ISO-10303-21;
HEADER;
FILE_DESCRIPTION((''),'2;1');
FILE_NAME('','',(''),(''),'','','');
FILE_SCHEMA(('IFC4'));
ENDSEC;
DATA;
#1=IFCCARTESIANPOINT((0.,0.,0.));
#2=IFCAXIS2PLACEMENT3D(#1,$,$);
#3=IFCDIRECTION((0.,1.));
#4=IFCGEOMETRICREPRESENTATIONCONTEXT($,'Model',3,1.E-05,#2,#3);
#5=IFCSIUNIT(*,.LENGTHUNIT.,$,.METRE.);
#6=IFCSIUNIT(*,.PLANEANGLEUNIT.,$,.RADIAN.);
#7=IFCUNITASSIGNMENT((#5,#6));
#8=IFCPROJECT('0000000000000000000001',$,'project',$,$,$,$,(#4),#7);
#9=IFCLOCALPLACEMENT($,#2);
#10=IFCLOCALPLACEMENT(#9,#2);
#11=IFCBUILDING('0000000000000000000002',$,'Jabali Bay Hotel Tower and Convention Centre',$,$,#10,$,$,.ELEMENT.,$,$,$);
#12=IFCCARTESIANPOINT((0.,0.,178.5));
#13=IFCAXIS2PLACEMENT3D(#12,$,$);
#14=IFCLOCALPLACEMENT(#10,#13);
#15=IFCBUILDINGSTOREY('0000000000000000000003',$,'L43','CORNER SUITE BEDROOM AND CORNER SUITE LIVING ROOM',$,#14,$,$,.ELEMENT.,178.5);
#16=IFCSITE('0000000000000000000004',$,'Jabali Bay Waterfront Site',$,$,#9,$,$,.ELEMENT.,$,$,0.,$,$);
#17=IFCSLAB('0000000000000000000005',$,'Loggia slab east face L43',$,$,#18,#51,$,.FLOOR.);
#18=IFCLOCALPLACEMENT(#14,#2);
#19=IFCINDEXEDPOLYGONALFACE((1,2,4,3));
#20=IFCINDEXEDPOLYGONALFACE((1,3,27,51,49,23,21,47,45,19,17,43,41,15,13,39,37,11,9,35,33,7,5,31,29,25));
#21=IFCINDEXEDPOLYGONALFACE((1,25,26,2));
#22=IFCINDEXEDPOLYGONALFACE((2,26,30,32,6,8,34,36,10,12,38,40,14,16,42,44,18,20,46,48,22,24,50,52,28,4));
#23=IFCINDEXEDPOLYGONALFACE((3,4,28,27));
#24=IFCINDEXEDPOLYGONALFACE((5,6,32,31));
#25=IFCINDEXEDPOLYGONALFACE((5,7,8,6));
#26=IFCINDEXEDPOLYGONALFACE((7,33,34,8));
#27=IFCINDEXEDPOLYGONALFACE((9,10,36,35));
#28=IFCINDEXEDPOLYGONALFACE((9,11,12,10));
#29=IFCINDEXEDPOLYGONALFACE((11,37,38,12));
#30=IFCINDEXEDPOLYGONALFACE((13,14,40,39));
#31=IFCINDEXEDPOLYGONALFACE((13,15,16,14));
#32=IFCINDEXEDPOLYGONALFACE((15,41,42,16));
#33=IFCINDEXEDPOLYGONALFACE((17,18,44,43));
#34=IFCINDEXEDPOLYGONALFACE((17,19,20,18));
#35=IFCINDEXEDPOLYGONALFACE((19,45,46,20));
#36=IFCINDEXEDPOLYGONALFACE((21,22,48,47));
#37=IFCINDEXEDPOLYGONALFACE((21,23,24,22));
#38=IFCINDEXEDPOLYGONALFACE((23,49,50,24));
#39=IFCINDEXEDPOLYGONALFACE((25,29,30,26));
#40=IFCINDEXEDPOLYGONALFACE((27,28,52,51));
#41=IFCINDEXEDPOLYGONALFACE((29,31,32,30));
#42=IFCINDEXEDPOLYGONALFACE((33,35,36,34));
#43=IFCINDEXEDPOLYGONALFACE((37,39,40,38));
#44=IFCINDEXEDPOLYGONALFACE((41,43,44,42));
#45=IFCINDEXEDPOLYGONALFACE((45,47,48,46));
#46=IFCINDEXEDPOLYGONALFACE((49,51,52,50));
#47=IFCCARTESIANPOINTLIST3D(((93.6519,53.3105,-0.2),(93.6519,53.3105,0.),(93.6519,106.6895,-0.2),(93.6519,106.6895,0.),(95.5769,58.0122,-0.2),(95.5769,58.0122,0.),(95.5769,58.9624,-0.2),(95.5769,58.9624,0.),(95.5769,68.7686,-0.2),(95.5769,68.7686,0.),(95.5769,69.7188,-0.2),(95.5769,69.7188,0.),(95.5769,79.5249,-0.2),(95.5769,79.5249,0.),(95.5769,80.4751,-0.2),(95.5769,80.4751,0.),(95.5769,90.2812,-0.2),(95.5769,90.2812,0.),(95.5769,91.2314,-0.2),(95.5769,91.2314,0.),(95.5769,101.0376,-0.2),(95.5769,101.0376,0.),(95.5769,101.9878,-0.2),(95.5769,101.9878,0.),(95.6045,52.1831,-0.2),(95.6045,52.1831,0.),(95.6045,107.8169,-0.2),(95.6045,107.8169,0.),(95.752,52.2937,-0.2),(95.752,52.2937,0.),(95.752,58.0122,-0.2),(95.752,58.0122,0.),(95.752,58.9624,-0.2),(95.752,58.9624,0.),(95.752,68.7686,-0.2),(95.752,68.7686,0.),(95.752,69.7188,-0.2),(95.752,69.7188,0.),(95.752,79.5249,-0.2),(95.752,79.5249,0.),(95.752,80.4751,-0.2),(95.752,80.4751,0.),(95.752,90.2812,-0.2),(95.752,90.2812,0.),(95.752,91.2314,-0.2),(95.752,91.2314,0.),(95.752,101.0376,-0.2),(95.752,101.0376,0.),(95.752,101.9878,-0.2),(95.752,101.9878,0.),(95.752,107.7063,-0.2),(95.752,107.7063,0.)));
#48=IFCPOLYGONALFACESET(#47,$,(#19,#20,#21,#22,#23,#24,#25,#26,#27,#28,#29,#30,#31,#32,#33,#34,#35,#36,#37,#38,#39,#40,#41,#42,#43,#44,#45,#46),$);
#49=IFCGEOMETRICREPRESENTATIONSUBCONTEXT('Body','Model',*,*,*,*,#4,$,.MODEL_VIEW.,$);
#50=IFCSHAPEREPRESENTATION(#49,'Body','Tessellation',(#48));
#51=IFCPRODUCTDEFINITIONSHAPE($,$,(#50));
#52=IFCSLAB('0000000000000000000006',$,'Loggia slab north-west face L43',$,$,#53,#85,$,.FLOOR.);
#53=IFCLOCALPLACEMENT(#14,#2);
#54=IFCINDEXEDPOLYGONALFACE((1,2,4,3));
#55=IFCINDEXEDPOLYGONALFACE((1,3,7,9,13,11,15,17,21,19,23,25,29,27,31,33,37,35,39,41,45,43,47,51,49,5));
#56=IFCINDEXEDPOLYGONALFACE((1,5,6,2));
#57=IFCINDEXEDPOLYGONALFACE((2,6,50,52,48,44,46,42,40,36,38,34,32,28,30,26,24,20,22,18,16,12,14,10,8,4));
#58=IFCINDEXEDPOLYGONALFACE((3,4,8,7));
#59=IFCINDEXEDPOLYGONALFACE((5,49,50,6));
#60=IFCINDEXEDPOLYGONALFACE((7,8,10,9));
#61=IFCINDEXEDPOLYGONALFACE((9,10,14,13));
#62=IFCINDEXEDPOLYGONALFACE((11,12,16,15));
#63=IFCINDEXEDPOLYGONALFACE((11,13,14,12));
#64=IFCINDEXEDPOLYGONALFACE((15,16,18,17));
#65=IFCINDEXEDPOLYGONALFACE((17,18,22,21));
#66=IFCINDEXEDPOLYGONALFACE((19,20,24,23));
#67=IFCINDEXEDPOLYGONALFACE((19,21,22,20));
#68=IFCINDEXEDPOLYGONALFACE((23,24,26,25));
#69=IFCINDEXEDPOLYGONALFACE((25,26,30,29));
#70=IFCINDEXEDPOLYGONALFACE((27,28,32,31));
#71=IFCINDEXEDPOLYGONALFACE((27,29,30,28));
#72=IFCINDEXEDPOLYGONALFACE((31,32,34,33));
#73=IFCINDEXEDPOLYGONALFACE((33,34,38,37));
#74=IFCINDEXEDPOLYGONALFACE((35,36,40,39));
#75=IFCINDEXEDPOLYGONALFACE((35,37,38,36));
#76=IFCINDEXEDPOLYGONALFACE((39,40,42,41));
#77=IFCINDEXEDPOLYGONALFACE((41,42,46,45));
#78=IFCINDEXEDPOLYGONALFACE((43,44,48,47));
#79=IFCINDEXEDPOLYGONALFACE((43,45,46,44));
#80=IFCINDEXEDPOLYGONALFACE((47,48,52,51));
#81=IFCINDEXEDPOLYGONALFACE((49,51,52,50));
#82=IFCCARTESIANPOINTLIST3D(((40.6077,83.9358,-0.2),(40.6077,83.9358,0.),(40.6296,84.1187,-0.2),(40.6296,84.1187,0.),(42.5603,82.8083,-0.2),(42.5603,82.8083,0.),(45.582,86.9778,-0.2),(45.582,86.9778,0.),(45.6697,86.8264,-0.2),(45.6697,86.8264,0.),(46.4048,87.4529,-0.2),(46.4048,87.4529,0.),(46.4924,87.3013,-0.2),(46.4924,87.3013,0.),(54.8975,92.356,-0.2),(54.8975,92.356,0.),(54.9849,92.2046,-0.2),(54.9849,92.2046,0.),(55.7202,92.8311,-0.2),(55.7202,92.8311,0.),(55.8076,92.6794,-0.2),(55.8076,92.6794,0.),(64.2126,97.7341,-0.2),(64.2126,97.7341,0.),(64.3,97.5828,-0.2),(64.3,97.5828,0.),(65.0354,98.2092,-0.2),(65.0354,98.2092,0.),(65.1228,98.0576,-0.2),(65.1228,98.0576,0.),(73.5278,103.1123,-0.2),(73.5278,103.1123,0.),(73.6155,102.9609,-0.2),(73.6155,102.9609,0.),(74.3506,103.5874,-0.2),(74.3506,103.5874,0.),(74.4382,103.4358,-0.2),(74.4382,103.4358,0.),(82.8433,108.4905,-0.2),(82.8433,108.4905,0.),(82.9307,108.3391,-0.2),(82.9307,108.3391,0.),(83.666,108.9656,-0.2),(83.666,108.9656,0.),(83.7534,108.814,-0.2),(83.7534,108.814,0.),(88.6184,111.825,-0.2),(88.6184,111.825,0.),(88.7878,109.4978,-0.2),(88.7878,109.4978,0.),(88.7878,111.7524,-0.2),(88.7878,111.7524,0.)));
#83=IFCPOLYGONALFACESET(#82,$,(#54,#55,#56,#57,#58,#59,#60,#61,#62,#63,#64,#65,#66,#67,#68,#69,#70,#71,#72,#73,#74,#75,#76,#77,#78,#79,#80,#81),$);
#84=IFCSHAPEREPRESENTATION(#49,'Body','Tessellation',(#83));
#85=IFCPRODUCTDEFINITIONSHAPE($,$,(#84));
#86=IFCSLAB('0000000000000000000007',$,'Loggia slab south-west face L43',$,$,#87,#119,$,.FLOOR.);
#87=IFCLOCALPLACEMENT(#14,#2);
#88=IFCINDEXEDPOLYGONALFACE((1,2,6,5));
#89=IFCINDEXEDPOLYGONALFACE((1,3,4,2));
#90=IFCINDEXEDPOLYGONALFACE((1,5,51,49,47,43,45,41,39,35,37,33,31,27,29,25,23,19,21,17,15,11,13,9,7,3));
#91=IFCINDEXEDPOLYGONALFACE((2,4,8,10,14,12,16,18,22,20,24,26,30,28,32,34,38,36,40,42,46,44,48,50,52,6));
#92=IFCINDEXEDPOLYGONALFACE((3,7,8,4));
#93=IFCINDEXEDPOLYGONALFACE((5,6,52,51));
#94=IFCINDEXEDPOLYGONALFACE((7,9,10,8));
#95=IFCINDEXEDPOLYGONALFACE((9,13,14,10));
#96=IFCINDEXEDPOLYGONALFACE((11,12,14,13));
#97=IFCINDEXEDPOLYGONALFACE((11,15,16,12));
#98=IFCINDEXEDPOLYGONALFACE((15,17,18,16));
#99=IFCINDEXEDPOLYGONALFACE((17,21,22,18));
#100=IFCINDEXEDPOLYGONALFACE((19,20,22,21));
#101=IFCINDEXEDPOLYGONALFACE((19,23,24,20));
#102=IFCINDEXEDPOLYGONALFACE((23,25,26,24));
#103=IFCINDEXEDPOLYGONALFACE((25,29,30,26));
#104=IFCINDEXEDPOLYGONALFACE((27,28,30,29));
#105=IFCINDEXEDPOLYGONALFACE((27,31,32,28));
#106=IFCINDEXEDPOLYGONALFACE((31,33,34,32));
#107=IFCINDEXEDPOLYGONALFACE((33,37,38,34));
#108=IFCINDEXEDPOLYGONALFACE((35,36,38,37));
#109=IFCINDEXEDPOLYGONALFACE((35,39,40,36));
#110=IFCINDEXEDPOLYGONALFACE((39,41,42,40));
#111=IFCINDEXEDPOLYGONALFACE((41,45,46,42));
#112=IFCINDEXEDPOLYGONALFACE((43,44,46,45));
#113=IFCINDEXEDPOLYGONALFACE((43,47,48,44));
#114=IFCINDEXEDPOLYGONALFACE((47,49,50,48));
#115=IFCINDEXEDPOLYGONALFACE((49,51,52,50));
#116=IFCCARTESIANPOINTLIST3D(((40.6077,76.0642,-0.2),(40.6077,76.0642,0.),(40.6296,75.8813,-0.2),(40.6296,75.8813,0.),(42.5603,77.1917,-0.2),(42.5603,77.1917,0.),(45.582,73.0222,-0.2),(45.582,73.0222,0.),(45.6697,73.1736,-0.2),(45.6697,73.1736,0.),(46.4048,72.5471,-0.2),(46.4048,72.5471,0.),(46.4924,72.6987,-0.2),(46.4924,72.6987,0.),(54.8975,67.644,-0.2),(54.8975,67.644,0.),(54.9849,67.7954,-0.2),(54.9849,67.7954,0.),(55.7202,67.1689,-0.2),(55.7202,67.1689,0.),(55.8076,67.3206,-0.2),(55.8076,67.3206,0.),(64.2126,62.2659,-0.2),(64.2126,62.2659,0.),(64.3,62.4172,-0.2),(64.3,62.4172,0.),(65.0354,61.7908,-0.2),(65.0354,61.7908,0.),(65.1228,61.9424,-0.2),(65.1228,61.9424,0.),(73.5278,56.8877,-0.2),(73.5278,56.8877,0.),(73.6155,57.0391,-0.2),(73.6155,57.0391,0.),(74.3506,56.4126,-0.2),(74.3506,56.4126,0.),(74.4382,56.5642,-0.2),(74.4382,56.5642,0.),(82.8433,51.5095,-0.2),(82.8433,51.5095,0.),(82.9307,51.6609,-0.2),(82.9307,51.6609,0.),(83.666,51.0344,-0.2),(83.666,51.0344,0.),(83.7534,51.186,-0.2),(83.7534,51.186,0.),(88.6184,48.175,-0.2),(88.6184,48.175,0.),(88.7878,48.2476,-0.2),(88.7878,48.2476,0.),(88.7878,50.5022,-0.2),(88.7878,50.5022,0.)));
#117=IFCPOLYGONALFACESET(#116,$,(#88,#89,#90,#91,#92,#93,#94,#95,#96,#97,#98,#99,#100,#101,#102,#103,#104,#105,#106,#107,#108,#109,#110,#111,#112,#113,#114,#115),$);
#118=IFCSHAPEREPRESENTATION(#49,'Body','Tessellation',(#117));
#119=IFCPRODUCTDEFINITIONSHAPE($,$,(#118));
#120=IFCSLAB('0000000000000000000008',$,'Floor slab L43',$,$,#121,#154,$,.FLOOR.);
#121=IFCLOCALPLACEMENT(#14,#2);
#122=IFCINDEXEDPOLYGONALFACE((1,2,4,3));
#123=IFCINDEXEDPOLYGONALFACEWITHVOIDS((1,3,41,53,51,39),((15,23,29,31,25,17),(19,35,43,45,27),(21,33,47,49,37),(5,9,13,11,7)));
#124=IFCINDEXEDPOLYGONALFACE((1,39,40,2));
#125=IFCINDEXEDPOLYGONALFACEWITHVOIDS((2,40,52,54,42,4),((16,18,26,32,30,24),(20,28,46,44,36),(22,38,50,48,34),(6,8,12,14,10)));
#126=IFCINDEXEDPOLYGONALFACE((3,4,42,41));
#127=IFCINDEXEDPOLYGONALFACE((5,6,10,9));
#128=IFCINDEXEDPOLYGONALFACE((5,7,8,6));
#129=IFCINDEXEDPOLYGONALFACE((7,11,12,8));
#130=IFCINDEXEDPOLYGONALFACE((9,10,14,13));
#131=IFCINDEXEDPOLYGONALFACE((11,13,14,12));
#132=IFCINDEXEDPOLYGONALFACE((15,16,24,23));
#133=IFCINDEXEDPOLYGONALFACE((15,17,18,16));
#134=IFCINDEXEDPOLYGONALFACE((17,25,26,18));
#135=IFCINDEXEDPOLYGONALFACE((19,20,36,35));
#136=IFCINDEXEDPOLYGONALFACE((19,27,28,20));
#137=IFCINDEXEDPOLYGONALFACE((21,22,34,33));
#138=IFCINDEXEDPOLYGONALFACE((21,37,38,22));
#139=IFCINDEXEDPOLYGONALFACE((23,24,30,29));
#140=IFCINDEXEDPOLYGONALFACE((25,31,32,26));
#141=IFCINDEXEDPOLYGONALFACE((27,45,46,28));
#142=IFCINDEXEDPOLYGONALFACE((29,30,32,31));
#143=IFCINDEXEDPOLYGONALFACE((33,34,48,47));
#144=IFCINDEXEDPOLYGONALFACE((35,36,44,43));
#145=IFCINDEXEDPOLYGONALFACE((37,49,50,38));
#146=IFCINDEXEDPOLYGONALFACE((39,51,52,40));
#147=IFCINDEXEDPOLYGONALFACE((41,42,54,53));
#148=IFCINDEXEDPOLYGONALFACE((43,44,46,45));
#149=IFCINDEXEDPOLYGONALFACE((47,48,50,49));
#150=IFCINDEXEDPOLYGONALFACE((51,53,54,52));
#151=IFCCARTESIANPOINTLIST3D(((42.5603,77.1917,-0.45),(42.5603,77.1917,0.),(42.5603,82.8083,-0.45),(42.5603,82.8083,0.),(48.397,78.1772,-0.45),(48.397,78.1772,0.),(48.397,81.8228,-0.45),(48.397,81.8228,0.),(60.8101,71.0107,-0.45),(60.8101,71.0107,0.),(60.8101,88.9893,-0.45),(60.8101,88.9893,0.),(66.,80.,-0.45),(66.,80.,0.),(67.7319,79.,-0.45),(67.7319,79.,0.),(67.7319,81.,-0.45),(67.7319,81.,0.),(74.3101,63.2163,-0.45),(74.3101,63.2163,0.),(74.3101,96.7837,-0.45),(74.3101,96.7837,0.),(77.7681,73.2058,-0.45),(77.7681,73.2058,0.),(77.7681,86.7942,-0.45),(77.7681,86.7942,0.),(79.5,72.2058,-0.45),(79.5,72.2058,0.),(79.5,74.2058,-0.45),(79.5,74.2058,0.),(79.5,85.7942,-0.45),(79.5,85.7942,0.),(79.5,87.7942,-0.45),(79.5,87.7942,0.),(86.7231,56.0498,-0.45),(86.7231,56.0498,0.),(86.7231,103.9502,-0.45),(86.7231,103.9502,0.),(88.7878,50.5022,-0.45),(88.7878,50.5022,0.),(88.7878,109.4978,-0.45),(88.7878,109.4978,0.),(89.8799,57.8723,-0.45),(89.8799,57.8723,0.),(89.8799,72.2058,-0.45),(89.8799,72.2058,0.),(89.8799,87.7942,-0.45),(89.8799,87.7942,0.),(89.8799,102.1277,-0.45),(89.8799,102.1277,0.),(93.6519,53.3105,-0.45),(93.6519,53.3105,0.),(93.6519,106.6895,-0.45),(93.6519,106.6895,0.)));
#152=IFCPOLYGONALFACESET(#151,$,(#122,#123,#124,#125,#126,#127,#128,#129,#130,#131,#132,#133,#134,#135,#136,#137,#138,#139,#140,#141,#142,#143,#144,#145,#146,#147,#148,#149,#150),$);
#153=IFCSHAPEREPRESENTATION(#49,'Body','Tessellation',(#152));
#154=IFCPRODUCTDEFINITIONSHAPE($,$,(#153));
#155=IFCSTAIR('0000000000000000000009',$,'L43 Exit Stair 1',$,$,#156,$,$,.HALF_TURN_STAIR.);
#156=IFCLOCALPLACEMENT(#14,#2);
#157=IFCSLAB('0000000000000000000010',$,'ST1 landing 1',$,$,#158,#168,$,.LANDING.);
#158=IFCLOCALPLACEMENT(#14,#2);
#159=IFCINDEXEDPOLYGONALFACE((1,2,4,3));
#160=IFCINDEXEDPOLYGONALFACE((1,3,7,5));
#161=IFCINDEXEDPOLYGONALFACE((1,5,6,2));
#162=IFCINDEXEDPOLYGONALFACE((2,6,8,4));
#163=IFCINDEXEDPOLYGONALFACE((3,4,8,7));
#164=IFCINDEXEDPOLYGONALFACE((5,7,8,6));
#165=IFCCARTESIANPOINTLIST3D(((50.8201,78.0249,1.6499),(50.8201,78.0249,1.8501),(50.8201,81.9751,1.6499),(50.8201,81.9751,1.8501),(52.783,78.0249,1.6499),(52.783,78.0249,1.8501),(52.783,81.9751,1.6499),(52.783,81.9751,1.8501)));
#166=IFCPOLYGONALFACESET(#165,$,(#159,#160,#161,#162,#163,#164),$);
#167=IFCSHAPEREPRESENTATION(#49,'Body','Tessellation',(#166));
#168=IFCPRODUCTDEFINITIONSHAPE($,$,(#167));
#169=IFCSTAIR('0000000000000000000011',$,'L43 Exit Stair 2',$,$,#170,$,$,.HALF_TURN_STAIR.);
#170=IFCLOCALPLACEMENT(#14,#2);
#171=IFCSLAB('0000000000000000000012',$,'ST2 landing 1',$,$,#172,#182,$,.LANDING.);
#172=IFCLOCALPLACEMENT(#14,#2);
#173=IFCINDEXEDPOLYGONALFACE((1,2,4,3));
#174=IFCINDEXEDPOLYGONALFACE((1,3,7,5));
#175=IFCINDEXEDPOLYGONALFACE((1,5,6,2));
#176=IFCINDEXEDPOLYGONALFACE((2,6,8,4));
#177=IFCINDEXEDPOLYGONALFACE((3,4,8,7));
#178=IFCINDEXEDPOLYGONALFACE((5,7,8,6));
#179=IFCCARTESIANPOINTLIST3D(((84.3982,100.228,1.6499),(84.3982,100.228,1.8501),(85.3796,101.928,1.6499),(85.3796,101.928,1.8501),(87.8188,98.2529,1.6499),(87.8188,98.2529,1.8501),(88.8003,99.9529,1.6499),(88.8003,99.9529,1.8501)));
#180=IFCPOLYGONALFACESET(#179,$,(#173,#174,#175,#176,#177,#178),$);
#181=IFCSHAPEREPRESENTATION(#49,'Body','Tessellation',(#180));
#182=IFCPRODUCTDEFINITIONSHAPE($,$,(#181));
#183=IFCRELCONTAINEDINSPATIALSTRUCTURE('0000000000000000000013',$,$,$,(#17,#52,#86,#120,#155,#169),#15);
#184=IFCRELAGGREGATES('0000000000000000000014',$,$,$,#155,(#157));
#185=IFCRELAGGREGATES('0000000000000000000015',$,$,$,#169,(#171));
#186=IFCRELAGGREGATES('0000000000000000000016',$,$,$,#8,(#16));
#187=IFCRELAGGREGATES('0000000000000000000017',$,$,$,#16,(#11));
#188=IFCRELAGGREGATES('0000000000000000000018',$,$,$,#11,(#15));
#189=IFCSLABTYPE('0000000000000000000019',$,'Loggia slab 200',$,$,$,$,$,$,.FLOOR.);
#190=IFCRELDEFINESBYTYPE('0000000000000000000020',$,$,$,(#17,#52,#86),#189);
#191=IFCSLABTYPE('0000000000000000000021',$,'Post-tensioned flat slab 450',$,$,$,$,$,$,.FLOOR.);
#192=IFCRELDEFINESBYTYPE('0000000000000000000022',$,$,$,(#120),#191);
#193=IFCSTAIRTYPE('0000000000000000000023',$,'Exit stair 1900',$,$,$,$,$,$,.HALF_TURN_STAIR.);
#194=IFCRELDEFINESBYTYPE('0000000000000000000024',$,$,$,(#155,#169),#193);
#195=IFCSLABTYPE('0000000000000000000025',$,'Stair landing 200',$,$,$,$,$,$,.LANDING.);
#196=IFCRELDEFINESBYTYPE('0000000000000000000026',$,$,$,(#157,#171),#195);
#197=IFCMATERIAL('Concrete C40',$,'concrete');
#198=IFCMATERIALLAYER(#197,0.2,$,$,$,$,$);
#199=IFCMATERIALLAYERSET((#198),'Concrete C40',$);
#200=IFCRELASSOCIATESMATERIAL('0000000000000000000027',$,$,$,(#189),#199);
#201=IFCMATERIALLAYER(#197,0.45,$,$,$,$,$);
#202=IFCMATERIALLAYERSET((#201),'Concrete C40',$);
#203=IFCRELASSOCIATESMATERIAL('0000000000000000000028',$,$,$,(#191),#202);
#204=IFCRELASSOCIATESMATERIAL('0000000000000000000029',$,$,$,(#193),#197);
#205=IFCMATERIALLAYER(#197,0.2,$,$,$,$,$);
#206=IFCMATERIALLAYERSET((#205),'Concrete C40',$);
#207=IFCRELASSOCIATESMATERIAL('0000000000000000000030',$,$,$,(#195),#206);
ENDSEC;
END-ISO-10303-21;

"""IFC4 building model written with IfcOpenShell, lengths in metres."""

from ifc_helpers import new_model, si_unit, direction, frame, origin, place, context, subcontext, project, spatial, polyline, outline, extrude, material, layer, layer_set, type_object, element, aggregate, save


model = new_model("IFC4")

# Units and contexts
model_context = context("Model", 3, precision=1e-05, world=origin(), true_north=direction((0.0, 1.0)))
body_context = subcontext(model_context, "Body", "Model", "MODEL_VIEW")
ifc_project = project(units=[si_unit("LENGTHUNIT", "METRE"), si_unit("PLANEANGLEUNIT", "RADIAN")], contexts=[model_context])

# Site, building, storey
site_placement = place(None, origin())
site = spatial("IfcSite", under=ifc_project, at=site_placement, Name="Jabali Bay Waterfront Site", CompositionType="ELEMENT", RefElevation=0.0)
building_placement = place(site_placement, origin())
building = spatial("IfcBuilding", under=site, at=building_placement, Name="Jabali Bay Hotel Tower and Convention Centre", CompositionType="ELEMENT")
storey_placement = place(building_placement, frame((0.0, 0.0, 178.5)))
storey = spatial("IfcBuildingStorey", under=building, at=storey_placement, Name="L43", Description="CORNER SUITE BEDROOM AND CORNER SUITE LIVING ROOM", CompositionType="ELEMENT", Elevation=178.5)

# Slabs
ifc_material_1 = material(Name="Concrete C40", Category="concrete")
ifc_layer_1 = layer(ifc_material_1, 0.2)
ifc_layer_set_1 = layer_set([ifc_layer_1], Name="Concrete C40")
slab_type_1 = type_object("IfcSlabType", Name="Loggia slab 200", PredefinedType="FLOOR", material=ifc_layer_set_1)
slab_1_placement = place(storey_placement, frame((0.0, 0.0, -0.2)))
element("IfcSlab", 1, at=slab_1_placement, inside=storey, type_object=slab_type_1, Name="Loggia slab east face L43", PredefinedType="FLOOR", context=body_context, shape_type="SweptSolid", body=[
    extrude(outline(polyline([(93.6519, 106.6895), (95.6045, 107.8169), (95.752, 107.7063), (95.752, 101.9878), (95.5769, 101.9878), (95.5769, 101.0376), (95.752, 101.0376), (95.752, 91.2314), (95.5769, 91.2314), (95.5769, 90.2812), (95.752, 90.2812), (95.752, 80.4751), (95.5769, 80.4751), (95.5769, 79.5249), (95.752, 79.5249), (95.752, 69.7188), (95.5769, 69.7188), (95.5769, 68.7686), (95.752, 68.7686), (95.752, 58.9624), (95.5769, 58.9624), (95.5769, 58.0122), (95.752, 58.0122), (95.752, 52.2937), (95.6045, 52.1831), (93.6519, 53.3105), (93.6519, 106.6895)])), origin(), (0.0, 0.0, 1.0), 0.2),
])
slab_2_placement = place(storey_placement, frame((0.0, 0.0, -0.2)))
element("IfcSlab", 2, at=slab_2_placement, inside=storey, type_object=slab_type_1, Name="Loggia slab north-west face L43", PredefinedType="FLOOR", context=body_context, shape_type="SweptSolid", body=[
    extrude(outline(polyline([(42.5603, 82.8083), (40.6077, 83.9358), (40.6296, 84.1187), (45.582, 86.9778), (45.6697, 86.8264), (46.4924, 87.3013), (46.4048, 87.4529), (54.8975, 92.356), (54.9849, 92.2046), (55.8076, 92.6794), (55.7202, 92.8311), (64.2126, 97.7341), (64.3, 97.5828), (65.1228, 98.0576), (65.0354, 98.2092), (73.5278, 103.1123), (73.6155, 102.9609), (74.4382, 103.4358), (74.3506, 103.5874), (82.8433, 108.4905), (82.9307, 108.3391), (83.7534, 108.814), (83.666, 108.9656), (88.6184, 111.825), (88.7878, 111.7524), (88.7878, 109.4978), (42.5603, 82.8083)])), origin(), (0.0, 0.0, 1.0), 0.2),
])
slab_3_placement = place(storey_placement, frame((0.0, 0.0, -0.2)))
element("IfcSlab", 3, at=slab_3_placement, inside=storey, type_object=slab_type_1, Name="Loggia slab south-west face L43", PredefinedType="FLOOR", context=body_context, shape_type="SweptSolid", body=[
    extrude(outline(polyline([(88.7878, 50.5022), (88.7878, 48.2476), (88.6184, 48.175), (83.666, 51.0344), (83.7534, 51.186), (82.9307, 51.6609), (82.8433, 51.5095), (74.3506, 56.4126), (74.4382, 56.5642), (73.6155, 57.0391), (73.5278, 56.8877), (65.0354, 61.7908), (65.1228, 61.9424), (64.3, 62.4172), (64.2126, 62.2659), (55.7202, 67.1689), (55.8076, 67.3206), (54.9849, 67.7954), (54.8975, 67.644), (46.4048, 72.5471), (46.4924, 72.6987), (45.6697, 73.1736), (45.582, 73.0222), (40.6296, 75.8813), (40.6077, 76.0642), (42.5603, 77.1917), (88.7878, 50.5022)])), origin(), (0.0, 0.0, 1.0), 0.2),
])
ifc_layer_2 = layer(ifc_material_1, 0.45)
ifc_layer_set_2 = layer_set([ifc_layer_2], Name="Concrete C40")
slab_type_2 = type_object("IfcSlabType", Name="Post-tensioned flat slab 450", PredefinedType="FLOOR", material=ifc_layer_set_2)
slab_4_placement = place(storey_placement, frame((0.0, 0.0, -0.45)))
element("IfcSlab", 4, at=slab_4_placement, inside=storey, type_object=slab_type_2, Name="Floor slab L43", PredefinedType="FLOOR", context=body_context, shape_type="SweptSolid", body=[
    extrude(outline(polyline([(88.7878, 109.4978), (93.6519, 106.6895), (93.6519, 53.3105), (88.7878, 50.5022), (42.5603, 77.1917), (42.5603, 82.8083), (88.7878, 109.4978)]), holes=[polyline([(67.7319, 79.0), (77.7681, 73.2058), (79.5, 74.2058), (79.5, 85.7942), (77.7681, 86.7942), (67.7319, 81.0), (67.7319, 79.0)]), polyline([(48.397, 78.1772), (60.8101, 71.0107), (66.0, 80.0), (60.8101, 88.9893), (48.397, 81.8228), (48.397, 78.1772)]), polyline([(89.8799, 102.1277), (86.7231, 103.9502), (74.3101, 96.7837), (79.5, 87.7942), (89.8799, 87.7942), (89.8799, 102.1277)]), polyline([(74.3101, 63.2163), (86.7231, 56.0498), (89.8799, 57.8723), (89.8799, 72.2058), (79.5, 72.2058), (74.3101, 63.2163)])]), origin(), (0.0, 0.0, 1.0), 0.45),
])

# Stairs, slabs
stair_type = type_object("IfcStairType", Name="Exit stair 1900", PredefinedType="HALF_TURN_STAIR", material=ifc_material_1)
stair_1_placement = place(storey_placement, origin())
stair_1 = element("IfcStair", 5, at=stair_1_placement, inside=storey, type_object=stair_type, Name="L43 Exit Stair 1", PredefinedType="HALF_TURN_STAIR")
ifc_layer_3 = layer(ifc_material_1, 0.2)
ifc_layer_set_3 = layer_set([ifc_layer_3], Name="Concrete C40")
slab_type_3 = type_object("IfcSlabType", Name="Stair landing 200", PredefinedType="LANDING", material=ifc_layer_set_3)
slab_5_placement = place(storey_placement, frame((0.0, 0.0, 1.6499)))
slab_5 = element("IfcSlab", 6, at=slab_5_placement, type_object=slab_type_3, Name="ST1 landing 1", PredefinedType="LANDING", context=body_context, shape_type="SweptSolid", body=[
    extrude(outline(polyline([(52.783, 81.9751), (50.8201, 81.9751), (50.8201, 78.0249), (52.783, 78.0249), (52.783, 81.9751)])), origin(), (0.0, 0.0, 1.0), 0.2002),
])
aggregate(stair_1, [slab_5])
stair_2_placement = place(storey_placement, origin())
stair_2 = element("IfcStair", 7, at=stair_2_placement, inside=storey, type_object=stair_type, Name="L43 Exit Stair 2", PredefinedType="HALF_TURN_STAIR")
slab_6_placement = place(storey_placement, frame((0.0, 0.0, 1.6499)))
slab_6 = element("IfcSlab", 8, at=slab_6_placement, type_object=slab_type_3, Name="ST2 landing 1", PredefinedType="LANDING", context=body_context, shape_type="SweptSolid", body=[
    extrude(outline(polyline([(87.8188, 98.2529), (88.8003, 99.9529), (85.3796, 101.928), (84.3982, 100.228), (87.8188, 98.2529)])), origin(), (0.0, 0.0, 1.0), 0.2002),
])
aggregate(stair_2, [slab_6])

save(model, "model.ifc")
